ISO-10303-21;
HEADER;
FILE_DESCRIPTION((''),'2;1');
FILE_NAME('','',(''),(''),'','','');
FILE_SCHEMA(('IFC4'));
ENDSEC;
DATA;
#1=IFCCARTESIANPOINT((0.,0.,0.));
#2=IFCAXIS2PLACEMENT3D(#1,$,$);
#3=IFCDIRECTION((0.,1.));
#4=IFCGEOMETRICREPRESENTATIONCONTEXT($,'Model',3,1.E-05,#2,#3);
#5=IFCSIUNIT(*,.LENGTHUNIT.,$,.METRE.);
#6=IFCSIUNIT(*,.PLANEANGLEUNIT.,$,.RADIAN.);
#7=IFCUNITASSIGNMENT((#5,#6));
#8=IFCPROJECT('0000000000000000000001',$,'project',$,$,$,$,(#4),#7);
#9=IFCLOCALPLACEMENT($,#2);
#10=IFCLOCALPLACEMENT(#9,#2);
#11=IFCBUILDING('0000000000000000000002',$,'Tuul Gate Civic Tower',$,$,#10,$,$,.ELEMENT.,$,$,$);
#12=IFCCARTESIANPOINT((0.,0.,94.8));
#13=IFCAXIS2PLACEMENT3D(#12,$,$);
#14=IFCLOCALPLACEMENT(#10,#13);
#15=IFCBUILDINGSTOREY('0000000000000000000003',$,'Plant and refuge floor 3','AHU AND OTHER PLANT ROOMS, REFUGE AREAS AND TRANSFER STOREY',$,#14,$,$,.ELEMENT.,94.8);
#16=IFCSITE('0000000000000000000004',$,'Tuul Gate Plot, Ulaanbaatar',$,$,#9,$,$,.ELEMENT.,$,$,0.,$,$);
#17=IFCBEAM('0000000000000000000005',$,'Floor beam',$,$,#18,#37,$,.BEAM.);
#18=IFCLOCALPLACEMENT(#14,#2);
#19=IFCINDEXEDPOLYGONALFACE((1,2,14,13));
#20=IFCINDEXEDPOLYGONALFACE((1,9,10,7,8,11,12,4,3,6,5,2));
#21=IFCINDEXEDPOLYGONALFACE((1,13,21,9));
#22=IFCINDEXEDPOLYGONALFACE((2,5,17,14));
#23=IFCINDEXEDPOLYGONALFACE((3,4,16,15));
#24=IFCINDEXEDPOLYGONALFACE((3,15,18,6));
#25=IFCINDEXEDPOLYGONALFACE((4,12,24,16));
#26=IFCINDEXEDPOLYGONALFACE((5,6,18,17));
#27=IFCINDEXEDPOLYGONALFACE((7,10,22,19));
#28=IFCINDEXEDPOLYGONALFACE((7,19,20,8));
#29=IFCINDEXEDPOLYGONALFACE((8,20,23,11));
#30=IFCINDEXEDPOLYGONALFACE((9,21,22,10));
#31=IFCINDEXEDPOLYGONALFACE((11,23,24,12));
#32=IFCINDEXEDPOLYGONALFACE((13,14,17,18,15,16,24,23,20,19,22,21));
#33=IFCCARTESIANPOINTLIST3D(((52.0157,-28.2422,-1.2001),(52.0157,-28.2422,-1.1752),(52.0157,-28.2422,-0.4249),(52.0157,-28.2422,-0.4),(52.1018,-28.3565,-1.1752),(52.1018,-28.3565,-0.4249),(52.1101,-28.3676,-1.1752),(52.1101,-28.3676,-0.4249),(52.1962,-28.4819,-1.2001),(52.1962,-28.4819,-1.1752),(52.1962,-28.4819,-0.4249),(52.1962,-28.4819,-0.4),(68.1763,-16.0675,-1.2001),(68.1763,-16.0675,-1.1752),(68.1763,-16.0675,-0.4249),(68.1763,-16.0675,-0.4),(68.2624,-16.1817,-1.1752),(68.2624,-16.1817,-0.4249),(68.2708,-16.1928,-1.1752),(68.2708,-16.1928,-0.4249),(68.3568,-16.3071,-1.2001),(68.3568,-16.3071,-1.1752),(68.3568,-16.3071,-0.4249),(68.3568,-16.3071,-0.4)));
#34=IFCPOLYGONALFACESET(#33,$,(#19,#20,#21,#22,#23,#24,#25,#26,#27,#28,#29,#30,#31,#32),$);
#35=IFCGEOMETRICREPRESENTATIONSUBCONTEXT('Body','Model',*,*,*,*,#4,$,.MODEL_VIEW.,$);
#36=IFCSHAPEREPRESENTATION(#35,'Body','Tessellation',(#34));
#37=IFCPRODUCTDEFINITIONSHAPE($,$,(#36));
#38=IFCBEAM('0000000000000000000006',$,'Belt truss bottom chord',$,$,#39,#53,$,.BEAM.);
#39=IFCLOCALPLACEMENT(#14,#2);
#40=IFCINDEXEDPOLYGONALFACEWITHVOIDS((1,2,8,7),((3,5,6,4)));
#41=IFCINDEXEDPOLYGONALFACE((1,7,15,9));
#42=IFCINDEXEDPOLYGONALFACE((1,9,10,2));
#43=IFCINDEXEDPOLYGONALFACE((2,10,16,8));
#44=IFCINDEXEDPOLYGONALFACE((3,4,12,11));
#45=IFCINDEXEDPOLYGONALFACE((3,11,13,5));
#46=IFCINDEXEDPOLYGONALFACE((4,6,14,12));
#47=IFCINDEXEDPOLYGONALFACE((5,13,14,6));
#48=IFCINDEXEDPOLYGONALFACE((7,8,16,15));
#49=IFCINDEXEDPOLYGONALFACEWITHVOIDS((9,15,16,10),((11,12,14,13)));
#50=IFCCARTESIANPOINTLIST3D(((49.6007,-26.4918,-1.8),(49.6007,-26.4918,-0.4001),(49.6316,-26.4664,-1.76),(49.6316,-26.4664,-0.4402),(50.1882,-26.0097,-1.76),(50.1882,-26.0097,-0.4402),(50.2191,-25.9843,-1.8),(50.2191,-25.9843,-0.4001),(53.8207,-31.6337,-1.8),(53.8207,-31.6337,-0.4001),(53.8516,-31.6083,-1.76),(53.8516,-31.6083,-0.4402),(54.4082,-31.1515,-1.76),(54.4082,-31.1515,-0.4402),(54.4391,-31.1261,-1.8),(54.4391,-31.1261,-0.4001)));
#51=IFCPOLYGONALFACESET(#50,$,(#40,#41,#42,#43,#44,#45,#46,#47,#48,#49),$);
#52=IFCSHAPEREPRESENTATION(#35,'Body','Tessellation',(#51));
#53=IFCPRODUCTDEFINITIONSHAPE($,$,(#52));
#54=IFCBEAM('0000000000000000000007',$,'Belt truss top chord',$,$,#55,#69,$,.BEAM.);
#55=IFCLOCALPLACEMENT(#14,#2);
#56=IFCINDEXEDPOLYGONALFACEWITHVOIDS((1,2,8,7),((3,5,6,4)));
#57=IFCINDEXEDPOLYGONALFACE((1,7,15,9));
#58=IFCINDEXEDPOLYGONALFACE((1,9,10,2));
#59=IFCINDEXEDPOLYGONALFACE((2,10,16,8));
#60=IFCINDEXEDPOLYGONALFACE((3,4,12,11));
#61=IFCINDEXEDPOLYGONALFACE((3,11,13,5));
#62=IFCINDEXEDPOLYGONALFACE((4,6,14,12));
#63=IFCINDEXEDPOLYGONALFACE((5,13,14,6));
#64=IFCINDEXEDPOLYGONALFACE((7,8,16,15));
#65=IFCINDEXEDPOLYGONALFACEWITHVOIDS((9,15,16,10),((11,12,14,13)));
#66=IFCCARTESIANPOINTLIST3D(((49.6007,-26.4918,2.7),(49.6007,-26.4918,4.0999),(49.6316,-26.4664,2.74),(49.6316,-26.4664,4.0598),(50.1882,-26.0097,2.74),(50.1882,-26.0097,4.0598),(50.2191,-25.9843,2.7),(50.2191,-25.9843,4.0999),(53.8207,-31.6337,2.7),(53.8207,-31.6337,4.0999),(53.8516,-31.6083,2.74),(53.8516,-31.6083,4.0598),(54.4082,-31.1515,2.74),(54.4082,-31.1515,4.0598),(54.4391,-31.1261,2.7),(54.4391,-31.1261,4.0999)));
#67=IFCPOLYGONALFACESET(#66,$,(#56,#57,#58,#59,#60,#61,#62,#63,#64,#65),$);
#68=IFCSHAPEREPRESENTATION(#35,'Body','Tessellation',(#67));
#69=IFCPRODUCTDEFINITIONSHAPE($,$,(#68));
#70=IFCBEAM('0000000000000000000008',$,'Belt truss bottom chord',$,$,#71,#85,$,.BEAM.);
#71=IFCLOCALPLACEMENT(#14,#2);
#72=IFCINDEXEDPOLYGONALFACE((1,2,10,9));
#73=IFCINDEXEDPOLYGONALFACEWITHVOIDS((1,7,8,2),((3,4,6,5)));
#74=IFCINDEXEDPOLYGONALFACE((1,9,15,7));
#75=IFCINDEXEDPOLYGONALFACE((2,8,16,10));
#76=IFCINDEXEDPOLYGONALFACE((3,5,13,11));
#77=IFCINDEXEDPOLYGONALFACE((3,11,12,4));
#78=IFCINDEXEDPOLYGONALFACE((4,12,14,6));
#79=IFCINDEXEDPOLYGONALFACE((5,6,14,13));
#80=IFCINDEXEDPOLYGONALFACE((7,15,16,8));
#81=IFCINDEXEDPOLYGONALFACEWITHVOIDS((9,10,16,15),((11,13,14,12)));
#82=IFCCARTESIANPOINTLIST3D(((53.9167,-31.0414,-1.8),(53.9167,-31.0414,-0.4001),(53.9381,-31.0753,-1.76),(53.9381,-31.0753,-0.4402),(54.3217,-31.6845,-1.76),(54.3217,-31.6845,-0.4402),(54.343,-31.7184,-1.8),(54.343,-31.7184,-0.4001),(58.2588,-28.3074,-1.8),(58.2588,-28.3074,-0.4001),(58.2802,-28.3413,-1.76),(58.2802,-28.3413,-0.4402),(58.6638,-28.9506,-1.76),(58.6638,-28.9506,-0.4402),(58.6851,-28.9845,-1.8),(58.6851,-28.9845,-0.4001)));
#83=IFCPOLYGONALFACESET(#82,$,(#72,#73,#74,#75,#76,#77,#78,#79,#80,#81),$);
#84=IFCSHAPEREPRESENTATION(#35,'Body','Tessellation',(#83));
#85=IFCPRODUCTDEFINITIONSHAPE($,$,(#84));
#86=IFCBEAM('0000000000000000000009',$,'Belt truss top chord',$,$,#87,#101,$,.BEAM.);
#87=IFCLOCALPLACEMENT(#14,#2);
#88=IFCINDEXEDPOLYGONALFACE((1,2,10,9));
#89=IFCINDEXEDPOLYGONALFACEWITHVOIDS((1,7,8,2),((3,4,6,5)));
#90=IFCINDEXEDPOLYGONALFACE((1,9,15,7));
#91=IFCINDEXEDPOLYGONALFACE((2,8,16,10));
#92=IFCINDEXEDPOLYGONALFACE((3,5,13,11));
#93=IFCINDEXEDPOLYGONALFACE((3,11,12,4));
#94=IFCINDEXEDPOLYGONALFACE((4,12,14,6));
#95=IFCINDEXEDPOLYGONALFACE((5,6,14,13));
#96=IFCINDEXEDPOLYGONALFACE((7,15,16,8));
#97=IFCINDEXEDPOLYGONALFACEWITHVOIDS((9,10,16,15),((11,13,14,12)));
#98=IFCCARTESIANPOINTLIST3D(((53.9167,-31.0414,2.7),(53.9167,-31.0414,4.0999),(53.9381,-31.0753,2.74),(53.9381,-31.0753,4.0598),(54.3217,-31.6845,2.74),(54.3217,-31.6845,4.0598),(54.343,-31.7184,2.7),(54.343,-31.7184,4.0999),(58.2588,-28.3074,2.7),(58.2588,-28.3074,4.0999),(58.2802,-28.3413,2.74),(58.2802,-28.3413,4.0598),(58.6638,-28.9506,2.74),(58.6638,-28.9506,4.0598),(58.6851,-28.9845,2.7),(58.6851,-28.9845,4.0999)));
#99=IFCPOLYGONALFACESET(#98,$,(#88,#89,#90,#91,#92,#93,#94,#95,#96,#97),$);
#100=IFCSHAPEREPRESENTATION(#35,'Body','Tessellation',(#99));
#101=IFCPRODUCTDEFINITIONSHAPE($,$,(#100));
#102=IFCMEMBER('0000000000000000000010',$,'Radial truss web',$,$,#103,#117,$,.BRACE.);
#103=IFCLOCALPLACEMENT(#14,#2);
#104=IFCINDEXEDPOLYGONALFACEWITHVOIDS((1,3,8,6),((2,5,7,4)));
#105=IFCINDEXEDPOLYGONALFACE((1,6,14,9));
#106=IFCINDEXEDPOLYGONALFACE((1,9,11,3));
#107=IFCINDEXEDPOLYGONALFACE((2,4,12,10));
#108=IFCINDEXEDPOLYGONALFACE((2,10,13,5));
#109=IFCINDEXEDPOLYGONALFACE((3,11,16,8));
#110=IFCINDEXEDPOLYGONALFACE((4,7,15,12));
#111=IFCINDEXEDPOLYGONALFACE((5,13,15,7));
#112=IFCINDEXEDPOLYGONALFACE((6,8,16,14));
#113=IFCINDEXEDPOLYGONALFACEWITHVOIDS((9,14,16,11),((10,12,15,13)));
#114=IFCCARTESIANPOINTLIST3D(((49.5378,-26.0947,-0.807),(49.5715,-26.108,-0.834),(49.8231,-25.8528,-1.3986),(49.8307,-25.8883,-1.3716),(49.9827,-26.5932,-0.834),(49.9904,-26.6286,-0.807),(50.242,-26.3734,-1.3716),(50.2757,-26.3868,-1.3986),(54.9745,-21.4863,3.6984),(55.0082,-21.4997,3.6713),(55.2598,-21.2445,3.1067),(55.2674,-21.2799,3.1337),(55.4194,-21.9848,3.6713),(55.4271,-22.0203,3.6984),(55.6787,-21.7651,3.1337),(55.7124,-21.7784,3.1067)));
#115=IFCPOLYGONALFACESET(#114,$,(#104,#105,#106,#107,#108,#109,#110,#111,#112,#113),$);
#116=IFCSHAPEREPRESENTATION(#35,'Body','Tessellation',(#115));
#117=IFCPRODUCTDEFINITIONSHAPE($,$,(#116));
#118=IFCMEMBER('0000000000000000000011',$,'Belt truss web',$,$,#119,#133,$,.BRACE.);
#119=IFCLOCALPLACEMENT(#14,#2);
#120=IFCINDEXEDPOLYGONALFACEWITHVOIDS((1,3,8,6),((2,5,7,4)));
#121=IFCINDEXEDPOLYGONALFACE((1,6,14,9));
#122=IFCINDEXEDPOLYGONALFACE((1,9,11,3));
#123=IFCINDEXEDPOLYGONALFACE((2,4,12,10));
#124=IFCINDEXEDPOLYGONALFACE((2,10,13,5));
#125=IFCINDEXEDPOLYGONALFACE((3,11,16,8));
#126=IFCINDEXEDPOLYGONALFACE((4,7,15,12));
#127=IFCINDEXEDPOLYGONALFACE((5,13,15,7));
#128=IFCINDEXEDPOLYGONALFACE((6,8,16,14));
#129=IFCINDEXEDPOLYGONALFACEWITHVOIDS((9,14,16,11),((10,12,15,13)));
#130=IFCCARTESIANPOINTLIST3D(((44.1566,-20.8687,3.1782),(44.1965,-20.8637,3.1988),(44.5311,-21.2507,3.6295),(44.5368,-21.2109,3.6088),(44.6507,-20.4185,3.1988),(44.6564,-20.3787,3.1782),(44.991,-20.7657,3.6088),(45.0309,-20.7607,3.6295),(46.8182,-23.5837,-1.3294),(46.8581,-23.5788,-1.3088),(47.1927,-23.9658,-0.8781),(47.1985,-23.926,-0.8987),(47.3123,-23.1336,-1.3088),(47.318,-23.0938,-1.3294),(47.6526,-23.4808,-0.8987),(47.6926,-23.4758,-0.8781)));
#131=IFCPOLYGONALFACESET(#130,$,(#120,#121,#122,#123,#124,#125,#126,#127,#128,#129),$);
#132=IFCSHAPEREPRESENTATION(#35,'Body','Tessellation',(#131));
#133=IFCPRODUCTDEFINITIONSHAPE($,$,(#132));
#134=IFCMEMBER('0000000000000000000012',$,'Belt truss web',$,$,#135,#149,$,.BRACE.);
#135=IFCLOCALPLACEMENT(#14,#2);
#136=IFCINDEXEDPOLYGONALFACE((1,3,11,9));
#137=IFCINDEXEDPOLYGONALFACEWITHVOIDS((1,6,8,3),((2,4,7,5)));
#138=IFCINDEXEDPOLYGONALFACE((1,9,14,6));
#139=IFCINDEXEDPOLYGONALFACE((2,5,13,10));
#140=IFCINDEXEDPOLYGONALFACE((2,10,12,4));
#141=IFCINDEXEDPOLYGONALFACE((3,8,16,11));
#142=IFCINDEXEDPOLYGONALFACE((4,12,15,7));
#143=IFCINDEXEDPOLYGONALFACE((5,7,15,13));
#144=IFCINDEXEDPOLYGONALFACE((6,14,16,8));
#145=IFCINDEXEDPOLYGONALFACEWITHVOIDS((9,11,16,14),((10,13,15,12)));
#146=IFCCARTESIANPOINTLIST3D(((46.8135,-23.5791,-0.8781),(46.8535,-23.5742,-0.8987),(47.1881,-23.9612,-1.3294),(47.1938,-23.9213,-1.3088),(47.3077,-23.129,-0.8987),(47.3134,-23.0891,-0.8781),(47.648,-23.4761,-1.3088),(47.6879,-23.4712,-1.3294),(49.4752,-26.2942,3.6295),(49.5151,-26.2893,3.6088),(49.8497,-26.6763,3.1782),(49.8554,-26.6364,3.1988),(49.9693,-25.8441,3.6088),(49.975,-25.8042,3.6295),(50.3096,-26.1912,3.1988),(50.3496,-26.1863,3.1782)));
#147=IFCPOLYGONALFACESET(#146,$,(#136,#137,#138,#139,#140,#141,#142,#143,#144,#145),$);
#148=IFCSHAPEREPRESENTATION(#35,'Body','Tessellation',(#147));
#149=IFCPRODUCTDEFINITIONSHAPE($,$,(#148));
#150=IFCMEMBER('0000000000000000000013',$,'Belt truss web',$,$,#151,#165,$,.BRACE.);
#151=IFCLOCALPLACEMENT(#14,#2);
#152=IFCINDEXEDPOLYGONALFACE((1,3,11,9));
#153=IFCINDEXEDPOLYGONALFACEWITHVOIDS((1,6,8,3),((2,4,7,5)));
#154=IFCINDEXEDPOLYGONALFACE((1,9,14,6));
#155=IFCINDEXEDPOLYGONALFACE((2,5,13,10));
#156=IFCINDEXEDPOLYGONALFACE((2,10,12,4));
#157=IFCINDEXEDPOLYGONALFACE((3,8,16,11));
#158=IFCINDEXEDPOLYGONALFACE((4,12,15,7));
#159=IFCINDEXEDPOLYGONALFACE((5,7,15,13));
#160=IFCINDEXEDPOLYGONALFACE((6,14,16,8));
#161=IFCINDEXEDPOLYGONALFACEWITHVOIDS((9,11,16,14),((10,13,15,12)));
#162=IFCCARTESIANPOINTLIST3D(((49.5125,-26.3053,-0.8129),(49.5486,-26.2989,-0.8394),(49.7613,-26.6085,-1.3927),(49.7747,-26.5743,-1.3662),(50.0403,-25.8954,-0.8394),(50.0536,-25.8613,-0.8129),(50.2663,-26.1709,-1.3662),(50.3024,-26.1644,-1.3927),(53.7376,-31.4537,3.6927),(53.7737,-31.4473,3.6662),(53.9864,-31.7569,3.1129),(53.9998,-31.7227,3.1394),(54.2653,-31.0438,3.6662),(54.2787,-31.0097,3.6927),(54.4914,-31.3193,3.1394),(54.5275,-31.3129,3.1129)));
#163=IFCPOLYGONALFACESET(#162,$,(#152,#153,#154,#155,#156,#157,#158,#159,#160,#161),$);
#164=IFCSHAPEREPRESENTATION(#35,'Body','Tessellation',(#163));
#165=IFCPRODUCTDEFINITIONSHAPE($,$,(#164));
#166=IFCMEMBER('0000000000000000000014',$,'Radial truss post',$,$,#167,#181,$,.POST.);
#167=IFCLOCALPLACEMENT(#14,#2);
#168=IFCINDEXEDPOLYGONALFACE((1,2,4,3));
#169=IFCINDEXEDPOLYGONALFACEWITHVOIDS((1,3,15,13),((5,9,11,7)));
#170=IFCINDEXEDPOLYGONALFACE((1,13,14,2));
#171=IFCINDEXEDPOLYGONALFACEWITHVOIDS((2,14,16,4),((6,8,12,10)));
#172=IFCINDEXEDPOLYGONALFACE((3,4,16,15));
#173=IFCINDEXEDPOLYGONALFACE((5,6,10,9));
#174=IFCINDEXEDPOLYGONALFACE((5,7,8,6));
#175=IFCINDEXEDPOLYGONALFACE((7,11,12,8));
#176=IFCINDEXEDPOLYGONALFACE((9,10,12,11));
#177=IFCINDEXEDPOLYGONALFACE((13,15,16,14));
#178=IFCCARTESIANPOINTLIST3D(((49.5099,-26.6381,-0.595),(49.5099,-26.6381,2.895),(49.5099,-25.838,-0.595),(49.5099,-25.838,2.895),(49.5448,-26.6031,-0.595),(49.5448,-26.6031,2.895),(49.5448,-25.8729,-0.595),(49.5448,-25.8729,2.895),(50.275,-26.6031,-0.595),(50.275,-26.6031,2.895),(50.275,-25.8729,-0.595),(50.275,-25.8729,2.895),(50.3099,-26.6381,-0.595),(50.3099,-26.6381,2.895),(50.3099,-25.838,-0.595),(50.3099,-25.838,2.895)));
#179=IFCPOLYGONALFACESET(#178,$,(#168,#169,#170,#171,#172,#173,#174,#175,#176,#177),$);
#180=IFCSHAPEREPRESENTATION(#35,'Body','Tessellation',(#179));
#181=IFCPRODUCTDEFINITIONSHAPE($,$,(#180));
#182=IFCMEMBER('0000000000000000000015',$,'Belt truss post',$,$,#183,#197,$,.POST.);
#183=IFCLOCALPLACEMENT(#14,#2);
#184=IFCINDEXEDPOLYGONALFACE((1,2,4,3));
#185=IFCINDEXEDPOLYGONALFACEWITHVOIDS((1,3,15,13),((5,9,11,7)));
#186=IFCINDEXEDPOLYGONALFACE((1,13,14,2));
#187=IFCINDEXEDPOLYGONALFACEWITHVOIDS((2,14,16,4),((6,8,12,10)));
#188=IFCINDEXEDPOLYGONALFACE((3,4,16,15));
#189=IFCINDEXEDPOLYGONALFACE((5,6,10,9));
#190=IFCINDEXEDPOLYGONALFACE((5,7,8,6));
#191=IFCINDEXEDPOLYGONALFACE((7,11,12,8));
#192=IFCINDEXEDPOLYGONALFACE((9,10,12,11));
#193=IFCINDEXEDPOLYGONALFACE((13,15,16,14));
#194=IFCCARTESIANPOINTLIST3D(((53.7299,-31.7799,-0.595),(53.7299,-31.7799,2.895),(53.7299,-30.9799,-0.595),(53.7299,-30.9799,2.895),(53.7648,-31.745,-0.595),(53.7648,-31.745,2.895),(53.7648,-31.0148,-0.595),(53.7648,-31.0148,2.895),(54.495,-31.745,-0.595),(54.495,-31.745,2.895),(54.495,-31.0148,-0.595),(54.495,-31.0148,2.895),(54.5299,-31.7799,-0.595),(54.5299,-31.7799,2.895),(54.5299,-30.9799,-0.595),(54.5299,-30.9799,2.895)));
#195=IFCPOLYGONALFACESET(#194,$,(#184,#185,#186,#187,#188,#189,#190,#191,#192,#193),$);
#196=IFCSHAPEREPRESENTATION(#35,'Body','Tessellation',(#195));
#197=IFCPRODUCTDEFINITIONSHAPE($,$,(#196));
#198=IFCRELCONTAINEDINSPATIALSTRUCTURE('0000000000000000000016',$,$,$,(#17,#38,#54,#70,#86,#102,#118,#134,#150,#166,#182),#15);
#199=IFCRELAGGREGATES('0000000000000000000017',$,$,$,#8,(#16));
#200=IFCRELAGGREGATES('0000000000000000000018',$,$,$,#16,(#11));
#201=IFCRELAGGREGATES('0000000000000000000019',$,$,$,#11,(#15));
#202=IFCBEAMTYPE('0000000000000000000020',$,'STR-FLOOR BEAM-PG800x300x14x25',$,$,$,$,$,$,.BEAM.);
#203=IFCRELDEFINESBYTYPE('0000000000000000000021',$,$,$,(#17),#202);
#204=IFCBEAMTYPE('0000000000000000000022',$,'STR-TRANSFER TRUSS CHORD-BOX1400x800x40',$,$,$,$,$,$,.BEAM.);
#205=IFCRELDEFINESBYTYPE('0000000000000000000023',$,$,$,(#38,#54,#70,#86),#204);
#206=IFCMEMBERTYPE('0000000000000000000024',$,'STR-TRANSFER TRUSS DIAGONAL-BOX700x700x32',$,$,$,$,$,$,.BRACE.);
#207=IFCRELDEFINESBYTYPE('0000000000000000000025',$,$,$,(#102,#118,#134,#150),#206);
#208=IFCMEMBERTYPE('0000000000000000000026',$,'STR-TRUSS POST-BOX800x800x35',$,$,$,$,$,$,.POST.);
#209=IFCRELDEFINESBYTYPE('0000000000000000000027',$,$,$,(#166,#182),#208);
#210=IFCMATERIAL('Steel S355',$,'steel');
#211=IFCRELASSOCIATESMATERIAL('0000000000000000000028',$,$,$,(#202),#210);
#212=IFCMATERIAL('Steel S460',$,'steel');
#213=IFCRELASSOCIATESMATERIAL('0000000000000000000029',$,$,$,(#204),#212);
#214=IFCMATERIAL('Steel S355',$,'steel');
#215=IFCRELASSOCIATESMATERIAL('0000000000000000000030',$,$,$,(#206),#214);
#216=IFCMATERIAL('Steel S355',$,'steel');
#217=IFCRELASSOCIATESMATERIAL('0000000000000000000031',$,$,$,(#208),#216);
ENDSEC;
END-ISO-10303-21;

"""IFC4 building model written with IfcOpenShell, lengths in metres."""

from ifc_helpers import new_model, si_unit, direction, frame, origin, origin_2d, place, context, subcontext, project, spatial, hollow_rectangle, i_section, extrude, material, material_profile, profile_set, type_object, element, save


model = new_model("IFC4")

# Units and contexts
model_context = context("Model", 3, precision=1e-05, world=origin(), true_north=direction((0.0, 1.0)))
body_context = subcontext(model_context, "Body", "Model", "MODEL_VIEW")
ifc_project = project(units=[si_unit("LENGTHUNIT", "METRE"), si_unit("PLANEANGLEUNIT", "RADIAN")], contexts=[model_context])

# Site, building, storey
site_placement = place(None, origin())
site = spatial("IfcSite", under=ifc_project, at=site_placement, Name="Tuul Gate Plot, Ulaanbaatar", CompositionType="ELEMENT", RefElevation=0.0)
building_placement = place(site_placement, origin())
building = spatial("IfcBuilding", under=site, at=building_placement, Name="Tuul Gate Civic Tower", CompositionType="ELEMENT")
storey_placement = place(building_placement, frame((0.0, 0.0, 94.8)))
storey = spatial("IfcBuildingStorey", under=building, at=storey_placement, Name="Plant and refuge floor 3", Description="AHU AND OTHER PLANT ROOMS, REFUGE AREAS AND TRANSFER STOREY", CompositionType="ELEMENT", Elevation=94.8)

# Beams
ifc_material_1 = material(Name="Steel S355", Category="steel")
ifc_material_profile_1 = material_profile(ifc_material_1, i_section(OverallWidth=0.3, OverallDepth=0.8, WebThickness=0.0139, FlangeThickness=0.0249, at=origin_2d()), Name="PG800x300x14x25")
ifc_profile_set_1 = profile_set([ifc_material_profile_1], Name="Steel S355")
beam_type_1 = type_object("IfcBeamType", Name="STR-FLOOR BEAM-PG800x300x14x25", PredefinedType="BEAM", material=ifc_profile_set_1)
beam_placement = place(storey_placement, frame((52.106, -28.3621, -0.8), z_axis=(0.798709, 0.601717, 0.0), x_axis=(-0.601717, 0.798709, 0.0)))
element("IfcBeam", 1, at=beam_placement, inside=storey, type_object=beam_type_1, Name="Floor beam", PredefinedType="BEAM", context=body_context, shape_type="SweptSolid", body=[
    extrude(i_section(OverallWidth=0.3, OverallDepth=0.8, WebThickness=0.0139, FlangeThickness=0.0249, at=origin_2d()), origin(), (0.0, 0.0, 1.0), 20.2334),
])
ifc_material_2 = material(Name="Steel S460", Category="steel")
ifc_material_profile_2 = material_profile(ifc_material_2, hollow_rectangle(XDim=0.8, YDim=1.3999, WallThickness=0.04, at=origin_2d()), Name="BOX1400x800x40")
ifc_profile_set_2 = profile_set([ifc_material_profile_2], Name="Steel S460")
beam_type_2 = type_object("IfcBeamType", Name="STR-TRANSFER TRUSS CHORD-BOX1400x800x40", PredefinedType="BEAM", material=ifc_profile_set_2)
for number, where, z_axis, x_axis, name in (
    (2, (49.9099, -26.238, -1.1001), (0.634408, -0.772998, 0.0), (0.772998, 0.634408, 0.0), "Belt truss bottom chord"),
    (3, (49.9099, -26.238, 3.3999), (0.634408, -0.772998, 0.0), (0.772998, 0.634408, 0.0), "Belt truss top chord"),
):
    element("IfcBeam", number, at=place(storey_placement, frame(where, z_axis=z_axis, x_axis=x_axis)), inside=storey, type_object=beam_type_2, Name=name, PredefinedType="BEAM", context=body_context, shape_type="SweptSolid", body=[
        extrude(hollow_rectangle(XDim=0.8, YDim=1.3999, WallThickness=0.04, at=origin_2d()), origin(), (0.0, 0.0, 1.0), 6.6519),
    ])
for number, where, z_axis, x_axis, name in (
    (4, (54.1299, -31.3799, -1.1001), (0.846232, 0.532815, 0.0), (-0.532815, 0.846232, 0.0), "Belt truss bottom chord"),
    (5, (54.1299, -31.3799, 3.3999), (0.846232, 0.532815, 0.0), (-0.532815, 0.846232, 0.0), "Belt truss top chord"),
):
    element("IfcBeam", number, at=place(storey_placement, frame(where, z_axis=z_axis, x_axis=x_axis)), inside=storey, type_object=beam_type_2, Name=name, PredefinedType="BEAM", context=body_context, shape_type="SweptSolid", body=[
        extrude(hollow_rectangle(XDim=0.8, YDim=1.3999, WallThickness=0.04, at=origin_2d()), origin(), (0.0, 0.0, 1.0), 5.1311),
    ])

# Members
ifc_material_3 = material(Name="Steel S355", Category="steel")
ifc_material_profile_3 = material_profile(ifc_material_3, hollow_rectangle(XDim=0.7, YDim=0.7, WallThickness=0.032, at=origin_2d()), Name="BOX700x700x32")
ifc_profile_set_3 = profile_set([ifc_material_profile_3], Name="Steel S355")
member_type_1 = type_object("IfcMemberType", Name="STR-TRANSFER TRUSS DIAGONAL-BOX700x700x32", PredefinedType="BRACE", material=ifc_profile_set_3)
member_1_placement = place(storey_placement, frame((49.9067, -26.2407, -1.1028), z_axis=(0.644798, 0.546554, 0.534335), x_axis=(-0.646601, 0.762829, 0.0)))
element("IfcMember", 6, at=member_1_placement, inside=storey, type_object=member_type_1, Name="Radial truss web", PredefinedType="BRACE", context=body_context, shape_type="SweptSolid", body=[
    extrude(hollow_rectangle(XDim=0.7, YDim=0.7, WallThickness=0.032, at=origin_2d()), origin(), (0.0, 0.0, 1.0), 8.4316),
])
for number, where, z_axis, x_axis, name in (
    (7, (47.2554, -23.5298, -1.1038), (-0.451355, 0.460422, 0.764389), (-0.714103, -0.700041, 0.0), "Belt truss web"),
    (8, (47.2507, -23.5251, -1.1038), (0.451355, -0.460422, 0.764389), (0.714103, 0.700041, 0.0), "Belt truss web"),
):
    element("IfcMember", number, at=place(storey_placement, frame(where, z_axis=z_axis, x_axis=x_axis)), inside=storey, type_object=member_type_1, Name=name, PredefinedType="BRACE", context=body_context, shape_type="SweptSolid", body=[
        extrude(hollow_rectangle(XDim=0.7, YDim=0.7, WallThickness=0.032, at=origin_2d()), origin(), (0.0, 0.0, 1.0), 5.897),
    ])
member_2_placement = place(storey_placement, frame((49.9075, -26.2349, -1.1028), z_axis=(0.525441, -0.64027, 0.560327), x_axis=(0.773019, 0.634383, 0.0)))
element("IfcMember", 9, at=member_2_placement, inside=storey, type_object=member_type_1, Name="Belt truss web", PredefinedType="BRACE", context=body_context, shape_type="SweptSolid", body=[
    extrude(hollow_rectangle(XDim=0.7, YDim=0.7, WallThickness=0.032, at=origin_2d()), origin(), (0.0, 0.0, 1.0), 8.041),
])
ifc_material_4 = material(Name="Steel S355", Category="steel")
ifc_material_profile_4 = material_profile(ifc_material_4, hollow_rectangle(XDim=0.8, YDim=0.8, WallThickness=0.0349, at=origin_2d()), Name="BOX800x800x35")
ifc_profile_set_4 = profile_set([ifc_material_profile_4], Name="Steel S355")
member_type_2 = type_object("IfcMemberType", Name="STR-TRUSS POST-BOX800x800x35", PredefinedType="POST", material=ifc_profile_set_4)
for number, where, z_axis, x_axis, name in (
    (10, (49.9099, -26.238, -0.595), (0.0, 0.0, 1.0), (1.0, 0.0, 0.0), "Radial truss post"),
    (11, (54.1299, -31.3799, -0.595), (0.0, 0.0, 1.0), (1.0, 0.0, 0.0), "Belt truss post"),
):
    element("IfcMember", number, at=place(storey_placement, frame(where, z_axis=z_axis, x_axis=x_axis)), inside=storey, type_object=member_type_2, Name=name, PredefinedType="POST", context=body_context, shape_type="SweptSolid", body=[
        extrude(hollow_rectangle(XDim=0.8, YDim=0.8, WallThickness=0.0349, at=origin_2d()), origin(), (0.0, 0.0, 1.0), 3.49),
    ])

save(model, "model.ifc")
